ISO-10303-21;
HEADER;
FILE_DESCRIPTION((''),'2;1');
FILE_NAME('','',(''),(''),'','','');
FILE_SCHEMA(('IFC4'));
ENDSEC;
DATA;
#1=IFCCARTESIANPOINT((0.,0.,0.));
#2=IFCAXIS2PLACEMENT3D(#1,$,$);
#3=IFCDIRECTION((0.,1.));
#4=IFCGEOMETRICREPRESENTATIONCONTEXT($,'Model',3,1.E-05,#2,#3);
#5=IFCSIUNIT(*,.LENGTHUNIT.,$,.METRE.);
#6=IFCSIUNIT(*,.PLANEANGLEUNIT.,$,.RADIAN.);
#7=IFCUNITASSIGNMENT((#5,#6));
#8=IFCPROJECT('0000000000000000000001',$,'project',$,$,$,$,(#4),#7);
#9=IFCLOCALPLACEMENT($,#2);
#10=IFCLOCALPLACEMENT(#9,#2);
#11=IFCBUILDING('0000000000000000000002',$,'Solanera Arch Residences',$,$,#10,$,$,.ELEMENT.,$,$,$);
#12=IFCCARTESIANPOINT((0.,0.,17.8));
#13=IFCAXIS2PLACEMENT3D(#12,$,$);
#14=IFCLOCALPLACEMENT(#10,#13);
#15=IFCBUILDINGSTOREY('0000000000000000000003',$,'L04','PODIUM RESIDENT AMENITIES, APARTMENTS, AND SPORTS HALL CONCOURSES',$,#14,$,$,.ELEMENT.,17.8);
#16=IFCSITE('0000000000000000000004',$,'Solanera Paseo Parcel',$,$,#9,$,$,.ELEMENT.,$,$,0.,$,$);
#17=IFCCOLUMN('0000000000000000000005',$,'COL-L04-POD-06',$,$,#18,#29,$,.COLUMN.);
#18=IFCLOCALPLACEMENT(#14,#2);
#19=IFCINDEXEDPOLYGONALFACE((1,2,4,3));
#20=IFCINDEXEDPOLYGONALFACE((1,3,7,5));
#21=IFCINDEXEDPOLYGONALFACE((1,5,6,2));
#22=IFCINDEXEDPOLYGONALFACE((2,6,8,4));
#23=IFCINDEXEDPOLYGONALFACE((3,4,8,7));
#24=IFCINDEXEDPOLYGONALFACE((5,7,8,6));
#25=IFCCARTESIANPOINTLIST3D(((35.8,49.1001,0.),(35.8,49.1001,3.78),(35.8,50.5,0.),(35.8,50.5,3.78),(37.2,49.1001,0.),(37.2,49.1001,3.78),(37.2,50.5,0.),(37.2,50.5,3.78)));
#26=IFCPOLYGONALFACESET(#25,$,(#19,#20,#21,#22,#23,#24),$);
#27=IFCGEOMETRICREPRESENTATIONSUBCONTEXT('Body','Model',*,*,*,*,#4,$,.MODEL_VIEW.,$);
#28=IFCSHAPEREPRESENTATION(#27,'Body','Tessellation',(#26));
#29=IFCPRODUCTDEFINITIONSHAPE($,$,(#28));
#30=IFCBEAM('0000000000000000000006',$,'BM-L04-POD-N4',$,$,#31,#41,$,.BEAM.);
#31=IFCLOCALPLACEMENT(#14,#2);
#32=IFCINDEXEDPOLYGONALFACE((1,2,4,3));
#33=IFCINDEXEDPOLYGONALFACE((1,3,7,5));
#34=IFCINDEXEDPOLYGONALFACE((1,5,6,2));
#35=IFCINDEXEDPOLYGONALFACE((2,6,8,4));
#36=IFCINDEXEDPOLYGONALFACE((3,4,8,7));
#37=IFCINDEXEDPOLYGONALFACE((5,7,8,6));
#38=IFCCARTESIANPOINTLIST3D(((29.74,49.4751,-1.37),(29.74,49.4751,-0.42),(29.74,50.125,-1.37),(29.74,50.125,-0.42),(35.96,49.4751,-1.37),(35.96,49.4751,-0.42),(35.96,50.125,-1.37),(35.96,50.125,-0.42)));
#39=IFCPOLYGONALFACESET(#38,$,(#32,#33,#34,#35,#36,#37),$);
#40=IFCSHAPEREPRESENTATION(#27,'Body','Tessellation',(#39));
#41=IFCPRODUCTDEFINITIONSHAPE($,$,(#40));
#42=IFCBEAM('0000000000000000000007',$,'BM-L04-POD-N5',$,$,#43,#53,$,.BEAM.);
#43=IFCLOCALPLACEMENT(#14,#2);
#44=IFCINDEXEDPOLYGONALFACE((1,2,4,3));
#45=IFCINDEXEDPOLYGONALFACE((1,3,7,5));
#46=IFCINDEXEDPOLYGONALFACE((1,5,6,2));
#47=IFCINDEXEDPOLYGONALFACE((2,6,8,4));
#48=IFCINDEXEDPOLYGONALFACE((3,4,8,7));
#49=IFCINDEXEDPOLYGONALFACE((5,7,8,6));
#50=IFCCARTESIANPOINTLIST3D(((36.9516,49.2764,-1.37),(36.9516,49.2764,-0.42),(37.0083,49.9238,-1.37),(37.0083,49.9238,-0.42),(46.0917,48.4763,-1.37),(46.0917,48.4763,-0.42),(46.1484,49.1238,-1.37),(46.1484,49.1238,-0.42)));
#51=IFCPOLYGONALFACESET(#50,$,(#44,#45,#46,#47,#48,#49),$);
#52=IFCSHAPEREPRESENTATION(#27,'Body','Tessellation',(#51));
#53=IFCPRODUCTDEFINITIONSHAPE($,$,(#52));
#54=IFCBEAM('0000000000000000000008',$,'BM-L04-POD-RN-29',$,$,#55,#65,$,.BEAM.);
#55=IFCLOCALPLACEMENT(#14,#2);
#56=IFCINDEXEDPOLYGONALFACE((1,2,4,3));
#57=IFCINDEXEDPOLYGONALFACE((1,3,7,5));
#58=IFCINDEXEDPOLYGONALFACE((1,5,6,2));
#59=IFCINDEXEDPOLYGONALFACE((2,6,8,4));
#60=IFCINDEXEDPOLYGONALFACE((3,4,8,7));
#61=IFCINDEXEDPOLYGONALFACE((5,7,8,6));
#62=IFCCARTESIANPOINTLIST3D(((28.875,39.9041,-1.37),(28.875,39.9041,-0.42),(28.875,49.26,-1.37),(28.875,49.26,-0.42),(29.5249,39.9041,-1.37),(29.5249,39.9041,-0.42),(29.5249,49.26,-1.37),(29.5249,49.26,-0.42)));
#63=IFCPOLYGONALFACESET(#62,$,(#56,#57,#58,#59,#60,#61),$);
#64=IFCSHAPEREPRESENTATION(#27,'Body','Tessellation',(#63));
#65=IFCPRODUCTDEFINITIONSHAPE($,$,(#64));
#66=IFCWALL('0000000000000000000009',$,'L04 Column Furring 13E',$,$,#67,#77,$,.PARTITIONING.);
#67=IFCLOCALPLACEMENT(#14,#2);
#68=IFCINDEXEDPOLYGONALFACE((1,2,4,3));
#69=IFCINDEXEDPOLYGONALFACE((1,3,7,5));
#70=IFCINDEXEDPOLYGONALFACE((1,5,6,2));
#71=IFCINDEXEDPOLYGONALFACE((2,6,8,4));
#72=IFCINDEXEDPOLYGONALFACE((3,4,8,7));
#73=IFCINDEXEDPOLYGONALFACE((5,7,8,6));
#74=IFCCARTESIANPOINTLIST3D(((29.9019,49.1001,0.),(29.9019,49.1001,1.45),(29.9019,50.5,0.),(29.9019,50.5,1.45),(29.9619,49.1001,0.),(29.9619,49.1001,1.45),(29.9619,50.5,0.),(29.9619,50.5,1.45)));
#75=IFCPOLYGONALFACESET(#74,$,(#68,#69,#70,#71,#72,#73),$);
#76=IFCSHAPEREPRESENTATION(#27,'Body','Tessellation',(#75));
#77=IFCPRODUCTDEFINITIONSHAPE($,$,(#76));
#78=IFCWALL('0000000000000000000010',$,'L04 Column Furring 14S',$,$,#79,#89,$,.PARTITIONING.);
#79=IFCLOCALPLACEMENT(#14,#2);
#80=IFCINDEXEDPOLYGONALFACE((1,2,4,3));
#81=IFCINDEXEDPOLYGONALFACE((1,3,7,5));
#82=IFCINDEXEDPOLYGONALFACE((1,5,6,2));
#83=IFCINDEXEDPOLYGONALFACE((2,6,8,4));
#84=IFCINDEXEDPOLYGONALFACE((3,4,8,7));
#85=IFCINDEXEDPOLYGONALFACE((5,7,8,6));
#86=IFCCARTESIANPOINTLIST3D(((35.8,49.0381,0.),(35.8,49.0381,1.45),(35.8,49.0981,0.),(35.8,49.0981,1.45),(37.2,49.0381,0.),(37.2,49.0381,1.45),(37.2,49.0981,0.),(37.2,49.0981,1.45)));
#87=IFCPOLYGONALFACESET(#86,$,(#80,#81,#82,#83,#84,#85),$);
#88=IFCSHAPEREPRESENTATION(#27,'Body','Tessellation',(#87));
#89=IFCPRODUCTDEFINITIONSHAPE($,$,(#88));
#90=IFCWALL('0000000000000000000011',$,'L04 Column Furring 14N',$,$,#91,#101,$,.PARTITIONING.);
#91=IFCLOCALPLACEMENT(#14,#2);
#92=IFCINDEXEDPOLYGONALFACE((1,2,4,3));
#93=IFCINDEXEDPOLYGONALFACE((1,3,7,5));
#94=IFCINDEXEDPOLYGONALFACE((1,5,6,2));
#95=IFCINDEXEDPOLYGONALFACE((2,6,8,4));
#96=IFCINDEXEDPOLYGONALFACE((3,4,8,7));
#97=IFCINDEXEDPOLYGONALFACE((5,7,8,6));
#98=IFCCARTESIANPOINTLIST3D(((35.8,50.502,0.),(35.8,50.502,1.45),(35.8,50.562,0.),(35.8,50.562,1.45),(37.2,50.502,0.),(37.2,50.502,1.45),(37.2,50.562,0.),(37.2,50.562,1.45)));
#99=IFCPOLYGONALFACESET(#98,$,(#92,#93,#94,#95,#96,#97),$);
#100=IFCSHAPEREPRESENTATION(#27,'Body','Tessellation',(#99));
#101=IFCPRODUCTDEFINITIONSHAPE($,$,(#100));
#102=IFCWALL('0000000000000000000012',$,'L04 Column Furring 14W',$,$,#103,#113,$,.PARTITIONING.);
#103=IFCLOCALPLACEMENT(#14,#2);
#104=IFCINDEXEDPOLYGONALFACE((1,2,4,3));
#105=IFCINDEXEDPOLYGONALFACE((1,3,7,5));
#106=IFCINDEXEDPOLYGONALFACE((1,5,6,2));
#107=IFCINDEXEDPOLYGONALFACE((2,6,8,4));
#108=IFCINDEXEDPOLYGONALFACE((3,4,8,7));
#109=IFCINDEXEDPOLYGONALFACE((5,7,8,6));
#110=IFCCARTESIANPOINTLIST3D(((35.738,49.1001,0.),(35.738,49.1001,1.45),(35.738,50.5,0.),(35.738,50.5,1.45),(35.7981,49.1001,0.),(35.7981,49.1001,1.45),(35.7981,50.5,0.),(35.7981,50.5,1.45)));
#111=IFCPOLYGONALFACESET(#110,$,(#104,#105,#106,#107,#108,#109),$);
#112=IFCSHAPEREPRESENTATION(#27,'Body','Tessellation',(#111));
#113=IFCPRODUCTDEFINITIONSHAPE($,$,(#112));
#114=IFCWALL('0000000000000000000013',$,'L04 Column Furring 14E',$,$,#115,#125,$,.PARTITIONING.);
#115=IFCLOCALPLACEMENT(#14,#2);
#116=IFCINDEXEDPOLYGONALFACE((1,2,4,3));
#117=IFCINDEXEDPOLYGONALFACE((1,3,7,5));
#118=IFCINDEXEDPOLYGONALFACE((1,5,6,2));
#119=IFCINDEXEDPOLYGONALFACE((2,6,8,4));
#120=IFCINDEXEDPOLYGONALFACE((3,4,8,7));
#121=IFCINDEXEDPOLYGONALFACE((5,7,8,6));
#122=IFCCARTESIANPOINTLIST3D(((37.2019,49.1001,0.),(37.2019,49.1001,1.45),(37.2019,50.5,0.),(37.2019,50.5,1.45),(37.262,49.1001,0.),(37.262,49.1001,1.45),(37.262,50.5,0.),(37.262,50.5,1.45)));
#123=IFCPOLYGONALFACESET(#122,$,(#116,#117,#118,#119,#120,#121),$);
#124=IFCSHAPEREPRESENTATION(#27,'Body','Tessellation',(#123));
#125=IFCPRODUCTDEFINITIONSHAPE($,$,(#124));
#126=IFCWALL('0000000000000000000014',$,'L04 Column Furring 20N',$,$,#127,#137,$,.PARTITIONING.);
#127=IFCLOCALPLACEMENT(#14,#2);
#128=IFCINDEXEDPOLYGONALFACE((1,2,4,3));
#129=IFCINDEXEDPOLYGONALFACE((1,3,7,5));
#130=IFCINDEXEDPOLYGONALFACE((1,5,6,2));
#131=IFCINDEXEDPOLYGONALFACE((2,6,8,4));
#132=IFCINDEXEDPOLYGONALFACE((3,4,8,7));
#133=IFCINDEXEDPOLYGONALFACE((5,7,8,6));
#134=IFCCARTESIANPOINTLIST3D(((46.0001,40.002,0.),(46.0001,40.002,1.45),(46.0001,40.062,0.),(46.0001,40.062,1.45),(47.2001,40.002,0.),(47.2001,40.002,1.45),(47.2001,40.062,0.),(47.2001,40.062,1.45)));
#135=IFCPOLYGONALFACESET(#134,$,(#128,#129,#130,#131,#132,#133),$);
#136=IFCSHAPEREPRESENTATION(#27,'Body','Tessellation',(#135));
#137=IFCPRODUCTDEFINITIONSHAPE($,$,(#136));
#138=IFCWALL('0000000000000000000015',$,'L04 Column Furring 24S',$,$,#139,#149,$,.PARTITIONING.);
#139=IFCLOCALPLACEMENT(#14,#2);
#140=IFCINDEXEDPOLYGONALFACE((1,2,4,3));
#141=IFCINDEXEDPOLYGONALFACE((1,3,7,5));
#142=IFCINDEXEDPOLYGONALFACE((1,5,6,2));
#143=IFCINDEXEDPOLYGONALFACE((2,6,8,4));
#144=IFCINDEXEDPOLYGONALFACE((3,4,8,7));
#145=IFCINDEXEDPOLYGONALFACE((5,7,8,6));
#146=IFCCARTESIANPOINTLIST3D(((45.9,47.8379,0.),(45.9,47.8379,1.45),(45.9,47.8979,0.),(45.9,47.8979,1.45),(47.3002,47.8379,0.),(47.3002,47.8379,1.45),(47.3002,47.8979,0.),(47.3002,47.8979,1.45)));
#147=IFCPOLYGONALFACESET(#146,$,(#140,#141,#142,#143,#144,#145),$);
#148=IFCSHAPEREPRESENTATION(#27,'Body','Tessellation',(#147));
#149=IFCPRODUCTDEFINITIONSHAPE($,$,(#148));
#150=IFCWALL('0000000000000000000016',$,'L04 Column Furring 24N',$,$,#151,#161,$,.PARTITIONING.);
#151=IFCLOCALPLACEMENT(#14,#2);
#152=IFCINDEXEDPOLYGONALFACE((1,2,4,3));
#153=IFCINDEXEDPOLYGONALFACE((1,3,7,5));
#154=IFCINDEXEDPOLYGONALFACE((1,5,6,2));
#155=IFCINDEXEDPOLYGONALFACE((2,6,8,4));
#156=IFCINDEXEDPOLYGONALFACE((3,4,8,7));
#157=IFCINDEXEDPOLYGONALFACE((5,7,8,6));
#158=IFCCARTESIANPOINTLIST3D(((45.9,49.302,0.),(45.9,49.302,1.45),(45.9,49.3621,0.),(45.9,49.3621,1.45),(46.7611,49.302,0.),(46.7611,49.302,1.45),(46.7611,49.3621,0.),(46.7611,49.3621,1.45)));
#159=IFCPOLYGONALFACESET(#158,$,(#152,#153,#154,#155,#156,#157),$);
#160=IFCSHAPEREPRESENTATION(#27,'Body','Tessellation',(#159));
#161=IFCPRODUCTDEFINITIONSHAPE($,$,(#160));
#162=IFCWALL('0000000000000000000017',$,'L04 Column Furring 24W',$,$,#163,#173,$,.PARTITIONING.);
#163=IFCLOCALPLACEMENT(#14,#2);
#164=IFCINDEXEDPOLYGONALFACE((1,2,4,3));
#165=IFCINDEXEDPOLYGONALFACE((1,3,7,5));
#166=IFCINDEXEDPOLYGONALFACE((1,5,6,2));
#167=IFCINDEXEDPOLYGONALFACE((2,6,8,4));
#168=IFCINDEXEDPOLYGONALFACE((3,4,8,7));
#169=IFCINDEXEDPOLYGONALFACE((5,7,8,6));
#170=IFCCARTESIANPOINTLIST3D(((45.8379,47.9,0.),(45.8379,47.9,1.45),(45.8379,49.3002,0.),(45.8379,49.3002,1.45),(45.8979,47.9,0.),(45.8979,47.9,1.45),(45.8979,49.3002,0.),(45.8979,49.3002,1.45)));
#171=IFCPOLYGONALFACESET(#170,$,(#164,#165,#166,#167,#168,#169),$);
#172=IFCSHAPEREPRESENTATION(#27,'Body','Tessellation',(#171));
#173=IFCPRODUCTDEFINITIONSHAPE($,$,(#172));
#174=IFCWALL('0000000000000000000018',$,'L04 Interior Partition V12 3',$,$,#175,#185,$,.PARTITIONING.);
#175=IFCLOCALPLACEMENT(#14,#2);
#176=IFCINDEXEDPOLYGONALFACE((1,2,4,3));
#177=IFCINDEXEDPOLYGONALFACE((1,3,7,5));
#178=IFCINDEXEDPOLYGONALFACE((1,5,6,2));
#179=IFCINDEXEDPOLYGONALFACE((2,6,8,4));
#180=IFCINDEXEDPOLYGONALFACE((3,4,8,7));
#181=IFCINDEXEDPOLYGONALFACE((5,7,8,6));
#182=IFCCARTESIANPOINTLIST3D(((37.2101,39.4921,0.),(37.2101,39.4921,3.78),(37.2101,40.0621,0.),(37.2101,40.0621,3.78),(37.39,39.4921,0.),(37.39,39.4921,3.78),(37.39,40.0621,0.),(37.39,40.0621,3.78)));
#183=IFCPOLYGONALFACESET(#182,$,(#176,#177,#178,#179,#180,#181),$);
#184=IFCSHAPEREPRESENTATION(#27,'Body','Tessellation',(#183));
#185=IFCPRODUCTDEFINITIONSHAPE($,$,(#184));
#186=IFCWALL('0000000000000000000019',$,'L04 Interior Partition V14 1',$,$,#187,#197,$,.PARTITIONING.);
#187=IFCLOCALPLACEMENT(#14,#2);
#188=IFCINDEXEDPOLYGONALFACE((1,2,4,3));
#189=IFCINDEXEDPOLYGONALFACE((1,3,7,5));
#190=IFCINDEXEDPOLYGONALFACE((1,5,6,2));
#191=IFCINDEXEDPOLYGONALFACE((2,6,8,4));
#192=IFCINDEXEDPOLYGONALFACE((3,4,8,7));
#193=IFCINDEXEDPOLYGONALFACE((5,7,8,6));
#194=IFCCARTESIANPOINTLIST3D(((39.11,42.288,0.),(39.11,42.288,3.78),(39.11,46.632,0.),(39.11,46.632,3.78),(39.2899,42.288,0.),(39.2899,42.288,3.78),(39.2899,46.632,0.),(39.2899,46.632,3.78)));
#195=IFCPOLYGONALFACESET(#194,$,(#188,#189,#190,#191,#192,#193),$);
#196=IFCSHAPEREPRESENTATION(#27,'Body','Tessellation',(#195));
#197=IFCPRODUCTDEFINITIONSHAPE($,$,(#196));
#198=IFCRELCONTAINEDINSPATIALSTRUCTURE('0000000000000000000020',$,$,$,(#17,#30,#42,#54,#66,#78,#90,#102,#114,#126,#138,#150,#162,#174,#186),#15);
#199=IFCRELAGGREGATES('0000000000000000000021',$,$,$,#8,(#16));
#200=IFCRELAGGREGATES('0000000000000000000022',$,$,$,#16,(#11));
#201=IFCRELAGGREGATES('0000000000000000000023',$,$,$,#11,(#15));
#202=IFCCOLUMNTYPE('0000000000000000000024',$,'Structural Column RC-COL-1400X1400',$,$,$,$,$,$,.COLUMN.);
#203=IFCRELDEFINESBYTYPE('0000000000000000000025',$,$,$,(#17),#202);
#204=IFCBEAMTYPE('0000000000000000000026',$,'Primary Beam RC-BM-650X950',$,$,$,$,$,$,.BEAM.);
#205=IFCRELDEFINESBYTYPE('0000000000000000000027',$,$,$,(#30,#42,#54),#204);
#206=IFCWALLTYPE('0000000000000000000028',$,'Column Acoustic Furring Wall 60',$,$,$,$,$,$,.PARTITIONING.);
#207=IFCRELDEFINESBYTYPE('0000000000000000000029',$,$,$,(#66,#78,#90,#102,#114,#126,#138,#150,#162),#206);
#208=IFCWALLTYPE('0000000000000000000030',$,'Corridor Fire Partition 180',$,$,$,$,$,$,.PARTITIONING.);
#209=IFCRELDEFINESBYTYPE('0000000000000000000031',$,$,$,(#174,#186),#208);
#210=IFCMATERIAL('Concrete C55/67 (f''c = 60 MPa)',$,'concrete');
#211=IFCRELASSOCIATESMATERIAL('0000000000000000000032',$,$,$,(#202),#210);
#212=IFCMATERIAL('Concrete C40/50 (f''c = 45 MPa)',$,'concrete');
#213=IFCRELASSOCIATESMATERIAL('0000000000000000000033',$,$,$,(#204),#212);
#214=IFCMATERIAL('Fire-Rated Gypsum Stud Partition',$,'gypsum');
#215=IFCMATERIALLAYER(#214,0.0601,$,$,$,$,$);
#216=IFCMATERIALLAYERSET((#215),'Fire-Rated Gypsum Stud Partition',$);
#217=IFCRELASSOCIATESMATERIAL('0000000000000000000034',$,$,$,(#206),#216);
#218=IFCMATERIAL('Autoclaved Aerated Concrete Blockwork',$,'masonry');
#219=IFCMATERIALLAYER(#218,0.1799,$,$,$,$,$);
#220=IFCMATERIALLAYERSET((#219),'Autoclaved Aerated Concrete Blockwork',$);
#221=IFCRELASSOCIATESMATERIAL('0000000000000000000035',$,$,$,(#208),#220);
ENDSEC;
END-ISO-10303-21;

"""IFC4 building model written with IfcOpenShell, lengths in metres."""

from ifc_helpers import new_model, si_unit, direction, frame, frame_2d, origin, origin_2d, place, context, subcontext, project, spatial, rectangle, extrude, material, layer, layer_set, material_profile, profile_set, type_object, element, save


model = new_model("IFC4")

# Units and contexts
model_context = context("Model", 3, precision=1e-05, world=origin(), true_north=direction((0.0, 1.0)))
body_context = subcontext(model_context, "Body", "Model", "MODEL_VIEW")
ifc_project = project(units=[si_unit("LENGTHUNIT", "METRE"), si_unit("PLANEANGLEUNIT", "RADIAN")], contexts=[model_context])

# Site, building, storey
site_placement = place(None, origin())
site = spatial("IfcSite", under=ifc_project, at=site_placement, Name="Solanera Paseo Parcel", CompositionType="ELEMENT", RefElevation=0.0)
building_placement = place(site_placement, origin())
building = spatial("IfcBuilding", under=site, at=building_placement, Name="Solanera Arch Residences", CompositionType="ELEMENT")
storey_placement = place(building_placement, frame((0.0, 0.0, 17.8)))
storey = spatial("IfcBuildingStorey", under=building, at=storey_placement, Name="L04", Description="PODIUM RESIDENT AMENITIES, APARTMENTS, AND SPORTS HALL CONCOURSES", CompositionType="ELEMENT", Elevation=17.8)

# Column
ifc_material_1 = material(Name="Concrete C55/67 (f'c = 60 MPa)", Category="concrete")
ifc_material_profile_1 = material_profile(ifc_material_1, rectangle(XDim=1.3999, YDim=1.3999, at=origin_2d()))
ifc_profile_set_1 = profile_set([ifc_material_profile_1], Name="Concrete C55/67 (f'c = 60 MPa)")
column_type = type_object("IfcColumnType", Name="Structural Column RC-COL-1400X1400", PredefinedType="COLUMN", material=ifc_profile_set_1)
column_placement = place(storey_placement, frame((36.5, 49.8, 0.0), z_axis=(0.0, 0.0, 1.0), x_axis=(1.0, 0.0, 0.0)))
element("IfcColumn", 1, at=column_placement, inside=storey, type_object=column_type, Name="COL-L04-POD-06", PredefinedType="COLUMN", context=body_context, shape_type="SweptSolid", body=[
    extrude(rectangle(XDim=1.3999, YDim=1.3999, at=origin_2d()), origin(), (0.0, 0.0, 1.0), 3.78),
])

# Beams
ifc_material_2 = material(Name="Concrete C40/50 (f'c = 45 MPa)", Category="concrete")
ifc_material_profile_2 = material_profile(ifc_material_2, rectangle(XDim=0.6499, YDim=0.95, at=origin_2d()))
ifc_profile_set_2 = profile_set([ifc_material_profile_2], Name="Concrete C40/50 (f'c = 45 MPa)")
beam_type = type_object("IfcBeamType", Name="Primary Beam RC-BM-650X950", PredefinedType="BEAM", material=ifc_profile_set_2)
beam_1_placement = place(storey_placement, frame((29.74, 49.8, -0.895), z_axis=(1.0, 0.0, 0.0), x_axis=(0.0, 1.0, 0.0)))
element("IfcBeam", 2, at=beam_1_placement, inside=storey, type_object=beam_type, Name="BM-L04-POD-N4", PredefinedType="BEAM", context=body_context, shape_type="SweptSolid", body=[
    extrude(rectangle(XDim=0.6499, YDim=0.95, at=origin_2d()), origin(), (0.0, 0.0, 1.0), 6.22),
])
beam_2_placement = place(storey_placement, frame((36.98, 49.6001, -0.895), z_axis=(0.996191, -0.087198, 0.0), x_axis=(0.087198, 0.996191, 0.0)))
element("IfcBeam", 3, at=beam_2_placement, inside=storey, type_object=beam_type, Name="BM-L04-POD-N5", PredefinedType="BEAM", context=body_context, shape_type="SweptSolid", body=[
    extrude(rectangle(XDim=0.6499, YDim=0.95, at=origin_2d()), origin(), (0.0, 0.0, 1.0), 9.175),
])
beam_3_placement = place(storey_placement, frame((29.2, 39.9041, -0.895), z_axis=(0.0, 1.0, 0.0), x_axis=(-1.0, 0.0, 0.0)))
element("IfcBeam", 4, at=beam_3_placement, inside=storey, type_object=beam_type, Name="BM-L04-POD-RN-29", PredefinedType="BEAM", context=body_context, shape_type="SweptSolid", body=[
    extrude(rectangle(XDim=0.6499, YDim=0.95, at=origin_2d()), origin(), (0.0, 0.0, 1.0), 9.356),
])

# Walls
ifc_material_3 = material(Name="Fire-Rated Gypsum Stud Partition", Category="gypsum")
ifc_layer_1 = layer(ifc_material_3, 0.0601)
ifc_layer_set_1 = layer_set([ifc_layer_1], Name="Fire-Rated Gypsum Stud Partition")
wall_type_1 = type_object("IfcWallType", Name="Column Acoustic Furring Wall 60", PredefinedType="PARTITIONING", material=ifc_layer_set_1)
for number, where, z_axis, x_axis, name in (
    (5, (29.9319, 49.1001, 0.0), (0.0, 0.0, 1.0), (0.0, 1.0, 0.0), "L04 Column Furring 13E"),
    (6, (35.8, 49.0681, 0.0), (0.0, 0.0, 1.0), (1.0, 0.0, 0.0), "L04 Column Furring 14S"),
    (7, (35.8, 50.532, 0.0), (0.0, 0.0, 1.0), (1.0, 0.0, 0.0), "L04 Column Furring 14N"),
    (8, (35.7681, 49.1001, 0.0), (0.0, 0.0, 1.0), (0.0, 1.0, 0.0), "L04 Column Furring 14W"),
    (9, (37.2319, 49.1001, 0.0), (0.0, 0.0, 1.0), (0.0, 1.0, 0.0), "L04 Column Furring 14E"),
):
    element("IfcWall", number, at=place(storey_placement, frame(where, z_axis=z_axis, x_axis=x_axis)), inside=storey, type_object=wall_type_1, Name=name, PredefinedType="PARTITIONING", context=body_context, shape_type="SweptSolid", body=[
        extrude(rectangle(XDim=1.3999, YDim=0.0601, at=frame_2d((0.7, 0.0))), origin(), (0.0, 0.0, 1.0), 1.45),
    ])
wall_1_placement = place(storey_placement, frame((46.0, 40.032, 0.0), z_axis=(0.0, 0.0, 1.0), x_axis=(1.0, 0.0, 0.0)))
element("IfcWall", 10, at=wall_1_placement, inside=storey, type_object=wall_type_1, Name="L04 Column Furring 20N", PredefinedType="PARTITIONING", context=body_context, shape_type="SweptSolid", body=[
    extrude(rectangle(XDim=1.2, YDim=0.0601, at=frame_2d((0.6001, 0.0))), origin(), (0.0, 0.0, 1.0), 1.45),
])
wall_2_placement = place(storey_placement, frame((45.8999, 47.8679, 0.0), z_axis=(0.0, 0.0, 1.0), x_axis=(1.0, 0.0, 0.0)))
element("IfcWall", 11, at=wall_2_placement, inside=storey, type_object=wall_type_1, Name="L04 Column Furring 24S", PredefinedType="PARTITIONING", context=body_context, shape_type="SweptSolid", body=[
    extrude(rectangle(XDim=1.4001, YDim=0.0601, at=frame_2d((0.7002, 0.0))), origin(), (0.0, 0.0, 1.0), 1.45),
])
wall_3_placement = place(storey_placement, frame((45.8999, 49.332, 0.0), z_axis=(0.0, 0.0, 1.0), x_axis=(1.0, 0.0, 0.0)))
element("IfcWall", 12, at=wall_3_placement, inside=storey, type_object=wall_type_1, Name="L04 Column Furring 24N", PredefinedType="PARTITIONING", context=body_context, shape_type="SweptSolid", body=[
    extrude(rectangle(XDim=0.8611, YDim=0.0601, at=frame_2d((0.4307, 0.0))), origin(), (0.0, 0.0, 1.0), 1.45),
])
wall_4_placement = place(storey_placement, frame((45.8679, 47.8999, 0.0), z_axis=(0.0, 0.0, 1.0), x_axis=(0.0, 1.0, 0.0)))
element("IfcWall", 13, at=wall_4_placement, inside=storey, type_object=wall_type_1, Name="L04 Column Furring 24W", PredefinedType="PARTITIONING", context=body_context, shape_type="SweptSolid", body=[
    extrude(rectangle(XDim=1.4001, YDim=0.0601, at=frame_2d((0.7002, 0.0))), origin(), (0.0, 0.0, 1.0), 1.45),
])
ifc_material_4 = material(Name="Autoclaved Aerated Concrete Blockwork", Category="masonry")
ifc_layer_2 = layer(ifc_material_4, 0.1799)
ifc_layer_set_2 = layer_set([ifc_layer_2], Name="Autoclaved Aerated Concrete Blockwork")
wall_type_2 = type_object("IfcWallType", Name="Corridor Fire Partition 180", PredefinedType="PARTITIONING", material=ifc_layer_set_2)
wall_5_placement = place(storey_placement, frame((37.3, 39.4919, 0.0), z_axis=(0.0, 0.0, 1.0), x_axis=(0.0, 1.0, 0.0)))
element("IfcWall", 14, at=wall_5_placement, inside=storey, type_object=wall_type_2, Name="L04 Interior Partition V12 3", PredefinedType="PARTITIONING", context=body_context, shape_type="SweptSolid", body=[
    extrude(rectangle(XDim=0.5701, YDim=0.1799, at=frame_2d((0.2852, 0.0))), origin(), (0.0, 0.0, 1.0), 3.78),
])
wall_6_placement = place(storey_placement, frame((39.2, 42.2881, 0.0), z_axis=(0.0, 0.0, 1.0), x_axis=(0.0, 1.0, 0.0)))
element("IfcWall", 15, at=wall_6_placement, inside=storey, type_object=wall_type_2, Name="L04 Interior Partition V14 1", PredefinedType="PARTITIONING", context=body_context, shape_type="SweptSolid", body=[
    extrude(rectangle(XDim=4.344, YDim=0.1799, at=frame_2d((2.1719, 0.0))), origin(), (0.0, 0.0, 1.0), 3.78),
])

save(model, "model.ifc")
